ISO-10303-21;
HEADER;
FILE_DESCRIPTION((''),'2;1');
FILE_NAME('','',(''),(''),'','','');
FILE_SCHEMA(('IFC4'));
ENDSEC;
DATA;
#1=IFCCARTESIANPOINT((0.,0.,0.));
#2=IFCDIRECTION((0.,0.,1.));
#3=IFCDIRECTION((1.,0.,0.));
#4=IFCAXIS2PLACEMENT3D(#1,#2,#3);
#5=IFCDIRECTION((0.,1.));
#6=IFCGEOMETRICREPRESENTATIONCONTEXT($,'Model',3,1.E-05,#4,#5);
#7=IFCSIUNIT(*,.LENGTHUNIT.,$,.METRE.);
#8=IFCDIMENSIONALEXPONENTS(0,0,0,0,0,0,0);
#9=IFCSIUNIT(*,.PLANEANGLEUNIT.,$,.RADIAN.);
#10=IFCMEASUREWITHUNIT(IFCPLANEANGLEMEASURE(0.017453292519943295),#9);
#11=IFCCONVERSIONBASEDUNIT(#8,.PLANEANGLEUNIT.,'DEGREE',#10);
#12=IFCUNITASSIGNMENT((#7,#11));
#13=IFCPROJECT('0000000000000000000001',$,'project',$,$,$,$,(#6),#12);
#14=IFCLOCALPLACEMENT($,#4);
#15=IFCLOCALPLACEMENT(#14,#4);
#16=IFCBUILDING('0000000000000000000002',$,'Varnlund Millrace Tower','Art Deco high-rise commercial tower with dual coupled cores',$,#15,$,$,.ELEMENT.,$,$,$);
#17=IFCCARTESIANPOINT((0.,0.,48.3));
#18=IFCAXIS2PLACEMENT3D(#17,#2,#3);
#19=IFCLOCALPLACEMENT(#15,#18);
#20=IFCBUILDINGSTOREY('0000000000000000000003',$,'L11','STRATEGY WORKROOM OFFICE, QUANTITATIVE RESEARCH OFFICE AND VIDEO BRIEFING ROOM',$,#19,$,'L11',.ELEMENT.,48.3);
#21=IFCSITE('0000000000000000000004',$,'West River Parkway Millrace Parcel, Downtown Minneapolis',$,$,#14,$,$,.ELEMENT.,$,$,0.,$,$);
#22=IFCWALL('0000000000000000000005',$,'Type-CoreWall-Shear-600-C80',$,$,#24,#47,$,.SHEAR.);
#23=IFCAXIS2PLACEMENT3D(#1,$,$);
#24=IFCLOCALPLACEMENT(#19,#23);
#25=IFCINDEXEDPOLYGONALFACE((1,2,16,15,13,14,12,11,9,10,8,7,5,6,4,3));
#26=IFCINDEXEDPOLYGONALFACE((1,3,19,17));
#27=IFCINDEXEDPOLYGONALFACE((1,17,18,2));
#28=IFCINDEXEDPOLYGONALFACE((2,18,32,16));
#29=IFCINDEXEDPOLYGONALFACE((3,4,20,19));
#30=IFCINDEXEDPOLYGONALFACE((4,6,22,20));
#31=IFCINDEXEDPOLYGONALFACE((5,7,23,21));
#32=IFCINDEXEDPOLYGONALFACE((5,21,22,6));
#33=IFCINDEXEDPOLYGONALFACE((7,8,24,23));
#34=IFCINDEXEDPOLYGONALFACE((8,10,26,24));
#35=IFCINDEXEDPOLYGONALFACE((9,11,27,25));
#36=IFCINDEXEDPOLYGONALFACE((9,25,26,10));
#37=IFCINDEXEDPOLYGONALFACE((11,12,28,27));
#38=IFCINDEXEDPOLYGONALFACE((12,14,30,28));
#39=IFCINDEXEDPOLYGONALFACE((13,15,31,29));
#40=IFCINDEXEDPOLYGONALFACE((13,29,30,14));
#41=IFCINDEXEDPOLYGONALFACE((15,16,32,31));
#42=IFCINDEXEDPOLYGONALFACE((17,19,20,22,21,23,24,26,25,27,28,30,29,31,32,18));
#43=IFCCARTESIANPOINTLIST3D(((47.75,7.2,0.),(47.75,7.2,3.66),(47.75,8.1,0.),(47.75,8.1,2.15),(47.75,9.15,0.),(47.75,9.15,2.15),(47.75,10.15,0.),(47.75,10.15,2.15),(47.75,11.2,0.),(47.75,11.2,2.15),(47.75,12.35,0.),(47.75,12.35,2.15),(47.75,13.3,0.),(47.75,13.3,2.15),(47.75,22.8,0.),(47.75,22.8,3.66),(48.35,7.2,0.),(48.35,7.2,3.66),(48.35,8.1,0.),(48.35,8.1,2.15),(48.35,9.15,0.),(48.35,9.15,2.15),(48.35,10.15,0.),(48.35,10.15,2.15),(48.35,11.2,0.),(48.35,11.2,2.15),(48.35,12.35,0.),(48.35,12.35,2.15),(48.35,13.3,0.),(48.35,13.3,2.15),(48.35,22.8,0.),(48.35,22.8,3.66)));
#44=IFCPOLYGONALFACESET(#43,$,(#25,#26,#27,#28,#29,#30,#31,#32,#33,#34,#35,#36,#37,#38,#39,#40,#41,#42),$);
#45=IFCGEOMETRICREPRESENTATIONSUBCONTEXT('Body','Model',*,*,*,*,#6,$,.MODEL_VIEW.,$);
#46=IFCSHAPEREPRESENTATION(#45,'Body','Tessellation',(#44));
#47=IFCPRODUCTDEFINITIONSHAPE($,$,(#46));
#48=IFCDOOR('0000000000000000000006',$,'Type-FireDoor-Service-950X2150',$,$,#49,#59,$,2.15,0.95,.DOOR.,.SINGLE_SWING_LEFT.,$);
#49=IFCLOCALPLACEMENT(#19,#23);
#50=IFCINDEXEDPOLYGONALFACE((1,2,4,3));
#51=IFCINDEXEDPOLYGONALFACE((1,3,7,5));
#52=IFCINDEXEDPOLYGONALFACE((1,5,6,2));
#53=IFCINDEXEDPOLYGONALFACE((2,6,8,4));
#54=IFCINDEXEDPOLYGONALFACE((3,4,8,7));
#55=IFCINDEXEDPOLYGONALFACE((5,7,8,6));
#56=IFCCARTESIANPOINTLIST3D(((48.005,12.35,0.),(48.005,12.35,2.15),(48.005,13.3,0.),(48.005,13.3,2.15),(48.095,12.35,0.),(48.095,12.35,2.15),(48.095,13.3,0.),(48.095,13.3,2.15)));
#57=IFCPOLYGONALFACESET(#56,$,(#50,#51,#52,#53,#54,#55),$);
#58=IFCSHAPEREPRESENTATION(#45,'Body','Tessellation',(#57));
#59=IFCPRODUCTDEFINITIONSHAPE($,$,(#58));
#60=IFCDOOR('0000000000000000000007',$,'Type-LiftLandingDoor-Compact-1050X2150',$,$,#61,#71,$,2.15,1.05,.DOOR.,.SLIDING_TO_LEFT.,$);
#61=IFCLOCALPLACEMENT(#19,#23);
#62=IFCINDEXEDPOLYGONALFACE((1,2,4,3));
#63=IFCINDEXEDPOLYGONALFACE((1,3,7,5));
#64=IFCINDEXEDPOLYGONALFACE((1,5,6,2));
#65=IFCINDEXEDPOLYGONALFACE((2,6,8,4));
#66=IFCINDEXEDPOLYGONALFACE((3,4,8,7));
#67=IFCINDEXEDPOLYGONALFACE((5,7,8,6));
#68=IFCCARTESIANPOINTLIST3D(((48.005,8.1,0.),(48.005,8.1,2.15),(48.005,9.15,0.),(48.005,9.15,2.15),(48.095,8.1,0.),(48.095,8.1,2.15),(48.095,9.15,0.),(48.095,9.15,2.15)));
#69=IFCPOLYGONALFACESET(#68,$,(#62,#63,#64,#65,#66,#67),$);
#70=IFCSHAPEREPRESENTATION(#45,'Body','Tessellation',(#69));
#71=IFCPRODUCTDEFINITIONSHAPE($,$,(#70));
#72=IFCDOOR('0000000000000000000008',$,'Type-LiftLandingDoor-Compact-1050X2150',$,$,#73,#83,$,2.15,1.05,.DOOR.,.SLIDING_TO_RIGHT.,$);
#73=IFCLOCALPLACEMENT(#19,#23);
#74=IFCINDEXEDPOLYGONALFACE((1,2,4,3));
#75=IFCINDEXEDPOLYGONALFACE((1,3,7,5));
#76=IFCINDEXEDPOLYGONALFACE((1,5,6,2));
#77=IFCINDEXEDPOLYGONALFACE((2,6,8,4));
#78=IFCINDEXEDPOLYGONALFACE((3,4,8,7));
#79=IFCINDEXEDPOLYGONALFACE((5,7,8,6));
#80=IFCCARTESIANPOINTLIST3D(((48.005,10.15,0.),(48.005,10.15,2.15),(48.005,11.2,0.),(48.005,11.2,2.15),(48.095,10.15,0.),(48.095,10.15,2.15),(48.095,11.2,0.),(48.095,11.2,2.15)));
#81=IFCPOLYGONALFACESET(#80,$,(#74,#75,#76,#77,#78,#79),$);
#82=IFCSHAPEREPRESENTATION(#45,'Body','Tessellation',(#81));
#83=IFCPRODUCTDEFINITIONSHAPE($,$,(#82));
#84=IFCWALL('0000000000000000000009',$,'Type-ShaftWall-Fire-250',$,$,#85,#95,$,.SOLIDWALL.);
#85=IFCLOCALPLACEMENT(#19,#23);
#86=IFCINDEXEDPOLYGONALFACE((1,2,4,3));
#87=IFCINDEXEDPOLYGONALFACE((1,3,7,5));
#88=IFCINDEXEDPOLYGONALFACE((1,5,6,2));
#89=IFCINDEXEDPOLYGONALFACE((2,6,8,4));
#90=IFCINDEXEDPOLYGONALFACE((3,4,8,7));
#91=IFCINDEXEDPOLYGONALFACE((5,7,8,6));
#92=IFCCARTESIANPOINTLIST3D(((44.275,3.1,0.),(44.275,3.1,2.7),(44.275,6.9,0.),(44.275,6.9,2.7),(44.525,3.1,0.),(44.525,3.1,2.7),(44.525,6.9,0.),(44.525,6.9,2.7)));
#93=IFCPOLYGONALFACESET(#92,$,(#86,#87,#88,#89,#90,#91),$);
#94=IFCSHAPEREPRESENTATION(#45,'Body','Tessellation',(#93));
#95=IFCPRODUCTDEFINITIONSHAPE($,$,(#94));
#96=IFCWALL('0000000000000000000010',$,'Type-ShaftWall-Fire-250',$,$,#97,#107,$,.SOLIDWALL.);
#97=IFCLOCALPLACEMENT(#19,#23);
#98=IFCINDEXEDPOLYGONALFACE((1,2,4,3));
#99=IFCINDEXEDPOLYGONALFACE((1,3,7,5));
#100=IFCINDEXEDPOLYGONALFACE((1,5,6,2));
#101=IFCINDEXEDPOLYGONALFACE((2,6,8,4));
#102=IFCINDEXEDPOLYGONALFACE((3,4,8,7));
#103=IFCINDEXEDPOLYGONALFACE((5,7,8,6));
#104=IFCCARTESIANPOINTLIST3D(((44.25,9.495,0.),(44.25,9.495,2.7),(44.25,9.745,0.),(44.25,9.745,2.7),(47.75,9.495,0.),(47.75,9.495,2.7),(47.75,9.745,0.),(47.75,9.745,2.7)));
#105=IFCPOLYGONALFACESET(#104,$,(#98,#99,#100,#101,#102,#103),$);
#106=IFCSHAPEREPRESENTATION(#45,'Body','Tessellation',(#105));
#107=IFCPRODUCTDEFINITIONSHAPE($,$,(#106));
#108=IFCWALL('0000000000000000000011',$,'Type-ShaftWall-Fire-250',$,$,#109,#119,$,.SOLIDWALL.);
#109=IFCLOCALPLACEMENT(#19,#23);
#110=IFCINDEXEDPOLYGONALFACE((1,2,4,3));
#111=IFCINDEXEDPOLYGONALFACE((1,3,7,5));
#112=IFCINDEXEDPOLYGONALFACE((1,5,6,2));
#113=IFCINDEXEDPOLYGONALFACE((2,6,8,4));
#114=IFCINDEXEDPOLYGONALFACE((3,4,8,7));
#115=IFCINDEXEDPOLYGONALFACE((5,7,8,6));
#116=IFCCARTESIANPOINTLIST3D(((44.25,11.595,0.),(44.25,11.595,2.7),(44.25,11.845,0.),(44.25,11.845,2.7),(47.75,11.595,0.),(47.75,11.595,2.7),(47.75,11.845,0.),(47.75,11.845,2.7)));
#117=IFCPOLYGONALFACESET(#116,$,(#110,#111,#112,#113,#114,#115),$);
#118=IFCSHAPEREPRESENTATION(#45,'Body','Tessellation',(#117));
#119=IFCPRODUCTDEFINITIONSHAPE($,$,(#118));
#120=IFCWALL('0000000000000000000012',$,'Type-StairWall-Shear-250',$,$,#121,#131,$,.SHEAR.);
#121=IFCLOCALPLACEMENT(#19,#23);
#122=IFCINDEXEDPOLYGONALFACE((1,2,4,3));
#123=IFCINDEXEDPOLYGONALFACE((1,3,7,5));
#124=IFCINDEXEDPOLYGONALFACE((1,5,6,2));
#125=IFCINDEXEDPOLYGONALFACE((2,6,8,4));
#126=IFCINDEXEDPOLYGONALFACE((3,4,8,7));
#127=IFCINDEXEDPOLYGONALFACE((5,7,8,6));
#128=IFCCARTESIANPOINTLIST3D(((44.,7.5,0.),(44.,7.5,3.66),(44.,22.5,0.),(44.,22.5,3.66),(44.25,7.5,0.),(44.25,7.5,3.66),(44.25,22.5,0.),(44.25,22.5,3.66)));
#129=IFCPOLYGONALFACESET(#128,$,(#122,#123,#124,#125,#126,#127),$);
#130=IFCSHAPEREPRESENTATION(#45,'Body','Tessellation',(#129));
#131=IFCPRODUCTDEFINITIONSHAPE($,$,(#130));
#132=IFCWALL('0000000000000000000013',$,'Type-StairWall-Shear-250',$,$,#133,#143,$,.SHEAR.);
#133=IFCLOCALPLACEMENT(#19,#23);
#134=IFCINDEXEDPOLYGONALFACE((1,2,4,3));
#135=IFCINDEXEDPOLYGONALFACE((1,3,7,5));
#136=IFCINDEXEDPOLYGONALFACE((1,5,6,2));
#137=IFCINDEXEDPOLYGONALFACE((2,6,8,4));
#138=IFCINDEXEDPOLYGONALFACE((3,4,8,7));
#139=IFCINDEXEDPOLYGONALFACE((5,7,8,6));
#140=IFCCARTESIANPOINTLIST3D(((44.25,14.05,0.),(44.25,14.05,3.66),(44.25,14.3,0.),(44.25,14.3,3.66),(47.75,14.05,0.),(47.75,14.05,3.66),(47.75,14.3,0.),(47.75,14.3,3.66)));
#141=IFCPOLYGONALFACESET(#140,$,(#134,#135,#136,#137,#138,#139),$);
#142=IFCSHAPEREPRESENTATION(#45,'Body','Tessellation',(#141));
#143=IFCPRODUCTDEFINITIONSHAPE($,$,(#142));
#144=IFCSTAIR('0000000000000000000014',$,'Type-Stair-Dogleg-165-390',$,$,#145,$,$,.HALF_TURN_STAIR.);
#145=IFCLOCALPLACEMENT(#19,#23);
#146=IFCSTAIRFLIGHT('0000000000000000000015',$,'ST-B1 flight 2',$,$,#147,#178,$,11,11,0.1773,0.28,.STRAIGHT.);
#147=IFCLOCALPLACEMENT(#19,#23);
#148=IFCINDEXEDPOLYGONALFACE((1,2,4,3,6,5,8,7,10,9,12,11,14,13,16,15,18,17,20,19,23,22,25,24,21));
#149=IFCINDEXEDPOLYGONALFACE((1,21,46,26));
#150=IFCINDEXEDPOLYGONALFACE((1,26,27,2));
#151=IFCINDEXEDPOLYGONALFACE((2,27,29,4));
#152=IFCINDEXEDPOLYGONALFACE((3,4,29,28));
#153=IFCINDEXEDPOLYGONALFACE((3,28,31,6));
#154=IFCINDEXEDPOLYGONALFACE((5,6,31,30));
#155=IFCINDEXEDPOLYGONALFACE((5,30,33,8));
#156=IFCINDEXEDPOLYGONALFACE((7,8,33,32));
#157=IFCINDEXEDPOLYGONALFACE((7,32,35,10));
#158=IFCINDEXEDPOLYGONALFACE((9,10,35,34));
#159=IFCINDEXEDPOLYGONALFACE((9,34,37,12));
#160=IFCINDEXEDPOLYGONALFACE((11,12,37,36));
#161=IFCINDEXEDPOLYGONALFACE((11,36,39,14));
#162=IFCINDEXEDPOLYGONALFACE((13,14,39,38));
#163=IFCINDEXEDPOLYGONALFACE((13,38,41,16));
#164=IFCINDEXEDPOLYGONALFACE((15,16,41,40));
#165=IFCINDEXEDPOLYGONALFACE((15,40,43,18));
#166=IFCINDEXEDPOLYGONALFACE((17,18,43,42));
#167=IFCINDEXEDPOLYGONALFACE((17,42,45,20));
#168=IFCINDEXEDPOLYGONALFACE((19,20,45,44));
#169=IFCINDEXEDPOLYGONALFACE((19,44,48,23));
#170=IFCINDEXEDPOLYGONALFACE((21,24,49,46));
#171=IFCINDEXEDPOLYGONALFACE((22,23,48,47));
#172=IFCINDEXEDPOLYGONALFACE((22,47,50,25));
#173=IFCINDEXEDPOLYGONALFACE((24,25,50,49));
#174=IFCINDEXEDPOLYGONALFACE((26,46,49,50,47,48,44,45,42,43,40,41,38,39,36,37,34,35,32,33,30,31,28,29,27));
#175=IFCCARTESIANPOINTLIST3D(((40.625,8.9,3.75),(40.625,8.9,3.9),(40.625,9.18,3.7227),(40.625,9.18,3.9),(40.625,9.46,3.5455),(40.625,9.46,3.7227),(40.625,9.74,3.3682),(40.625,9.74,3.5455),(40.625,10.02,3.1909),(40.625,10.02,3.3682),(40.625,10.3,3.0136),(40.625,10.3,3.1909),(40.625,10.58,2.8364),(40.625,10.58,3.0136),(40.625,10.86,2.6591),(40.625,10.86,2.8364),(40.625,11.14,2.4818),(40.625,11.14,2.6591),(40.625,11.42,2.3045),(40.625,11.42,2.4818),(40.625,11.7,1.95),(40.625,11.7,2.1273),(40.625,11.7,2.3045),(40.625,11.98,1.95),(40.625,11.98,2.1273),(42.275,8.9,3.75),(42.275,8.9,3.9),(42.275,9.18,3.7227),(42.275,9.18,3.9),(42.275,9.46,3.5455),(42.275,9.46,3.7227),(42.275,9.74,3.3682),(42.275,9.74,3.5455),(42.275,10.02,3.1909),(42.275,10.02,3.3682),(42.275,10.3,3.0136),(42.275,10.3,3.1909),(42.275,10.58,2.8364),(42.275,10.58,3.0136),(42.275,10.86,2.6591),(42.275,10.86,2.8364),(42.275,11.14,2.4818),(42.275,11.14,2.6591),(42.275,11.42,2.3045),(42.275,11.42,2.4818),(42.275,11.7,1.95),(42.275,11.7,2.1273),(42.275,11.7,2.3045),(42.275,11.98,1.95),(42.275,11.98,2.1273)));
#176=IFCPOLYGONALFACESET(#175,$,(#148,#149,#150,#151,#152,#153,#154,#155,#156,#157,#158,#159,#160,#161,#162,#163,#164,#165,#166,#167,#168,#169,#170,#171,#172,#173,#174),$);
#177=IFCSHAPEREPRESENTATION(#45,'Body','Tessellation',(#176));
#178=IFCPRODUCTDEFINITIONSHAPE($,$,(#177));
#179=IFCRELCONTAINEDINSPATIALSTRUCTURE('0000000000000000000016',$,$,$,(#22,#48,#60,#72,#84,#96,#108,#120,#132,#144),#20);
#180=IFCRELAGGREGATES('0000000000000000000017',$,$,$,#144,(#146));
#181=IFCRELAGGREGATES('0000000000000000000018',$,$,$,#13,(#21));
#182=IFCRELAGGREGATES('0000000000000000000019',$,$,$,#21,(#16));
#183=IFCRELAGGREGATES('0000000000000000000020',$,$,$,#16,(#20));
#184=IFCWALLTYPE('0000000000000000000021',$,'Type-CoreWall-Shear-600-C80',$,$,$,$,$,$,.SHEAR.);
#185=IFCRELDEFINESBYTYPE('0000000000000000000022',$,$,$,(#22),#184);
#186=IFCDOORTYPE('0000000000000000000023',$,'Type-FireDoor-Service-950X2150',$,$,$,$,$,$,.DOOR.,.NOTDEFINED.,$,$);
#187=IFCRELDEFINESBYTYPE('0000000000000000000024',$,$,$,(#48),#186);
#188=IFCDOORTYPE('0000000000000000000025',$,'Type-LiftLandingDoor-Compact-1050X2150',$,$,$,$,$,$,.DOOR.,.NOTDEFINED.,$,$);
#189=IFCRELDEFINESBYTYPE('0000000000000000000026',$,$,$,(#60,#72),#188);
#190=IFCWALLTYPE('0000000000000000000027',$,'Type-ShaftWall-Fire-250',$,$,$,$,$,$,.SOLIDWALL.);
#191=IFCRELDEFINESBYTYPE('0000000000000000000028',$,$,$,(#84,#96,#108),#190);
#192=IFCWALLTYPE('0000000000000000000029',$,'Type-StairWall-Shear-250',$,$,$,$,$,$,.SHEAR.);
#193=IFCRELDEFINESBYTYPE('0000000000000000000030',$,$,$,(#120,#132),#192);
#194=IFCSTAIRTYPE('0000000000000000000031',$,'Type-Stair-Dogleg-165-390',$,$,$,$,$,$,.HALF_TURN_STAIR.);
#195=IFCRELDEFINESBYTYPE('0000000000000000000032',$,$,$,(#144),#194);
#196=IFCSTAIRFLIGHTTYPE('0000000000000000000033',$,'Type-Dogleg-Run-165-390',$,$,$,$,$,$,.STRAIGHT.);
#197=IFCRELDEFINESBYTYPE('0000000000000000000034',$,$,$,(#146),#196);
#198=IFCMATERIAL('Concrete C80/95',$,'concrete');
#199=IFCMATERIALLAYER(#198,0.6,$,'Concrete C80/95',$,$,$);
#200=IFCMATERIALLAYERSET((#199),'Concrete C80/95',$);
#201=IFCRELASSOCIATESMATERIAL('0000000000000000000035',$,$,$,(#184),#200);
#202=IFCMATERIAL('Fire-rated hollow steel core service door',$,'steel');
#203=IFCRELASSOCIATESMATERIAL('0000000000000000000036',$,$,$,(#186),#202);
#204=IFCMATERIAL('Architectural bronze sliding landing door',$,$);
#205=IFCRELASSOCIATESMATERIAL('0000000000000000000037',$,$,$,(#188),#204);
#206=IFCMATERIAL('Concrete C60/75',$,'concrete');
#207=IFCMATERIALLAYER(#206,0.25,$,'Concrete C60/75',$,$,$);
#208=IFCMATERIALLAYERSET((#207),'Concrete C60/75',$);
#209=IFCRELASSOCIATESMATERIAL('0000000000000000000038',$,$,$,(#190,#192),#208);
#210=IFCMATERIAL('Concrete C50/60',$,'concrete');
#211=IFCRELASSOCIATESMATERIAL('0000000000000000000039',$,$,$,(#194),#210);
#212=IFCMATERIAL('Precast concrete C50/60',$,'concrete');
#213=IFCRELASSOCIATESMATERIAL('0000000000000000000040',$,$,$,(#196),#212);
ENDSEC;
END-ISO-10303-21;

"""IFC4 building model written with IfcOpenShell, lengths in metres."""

from ifc_helpers import new_model, entity, si_unit, converted_unit, direction, frame, origin_with_axes, origin_2d_with_axis, place, context, subcontext, project, spatial, polyline, rectangle, outline, extrude, material, layer, layer_set, type_object, element, fill, aggregate, save


model = new_model("IFC4")

# Units and contexts
model_context = context("Model", 3, precision=1e-05, world=origin_with_axes(), true_north=direction((0.0, 1.0)))
body_context = subcontext(model_context, "Body", "Model", "MODEL_VIEW")
ifc_project = project(units=[si_unit("LENGTHUNIT", "METRE"), converted_unit("PLANEANGLEUNIT", "DEGREE", entity("IfcPlaneAngleMeasure", 0.017453292519943295), si_unit("PLANEANGLEUNIT", "RADIAN"), dimensions=[0, 0, 0, 0, 0, 0, 0])], contexts=[model_context])

# Site, building, storey
site_placement = place(None, origin_with_axes())
site = spatial("IfcSite", under=ifc_project, at=site_placement, Name="West River Parkway Millrace Parcel, Downtown Minneapolis", CompositionType="ELEMENT", RefElevation=0.0)
building_placement = place(site_placement, origin_with_axes())
building = spatial("IfcBuilding", under=site, at=building_placement, Name="Varnlund Millrace Tower", Description="Art Deco high-rise commercial tower with dual coupled cores", CompositionType="ELEMENT")
storey_placement = place(building_placement, frame((0.0, 0.0, 48.3), z_axis=(0.0, 0.0, 1.0), x_axis=(1.0, 0.0, 0.0)))
storey = spatial("IfcBuildingStorey", under=building, at=storey_placement, Name="L11", Description="STRATEGY WORKROOM OFFICE, QUANTITATIVE RESEARCH OFFICE AND VIDEO BRIEFING ROOM", LongName="L11", CompositionType="ELEMENT", Elevation=48.3)

# Shared definitions
ifc_material_1 = material(Name="Concrete C80/95", Category="concrete")

# Wall, openings, doors
ifc_layer_1 = layer(ifc_material_1, 0.6, Name="Concrete C80/95")
ifc_layer_set_1 = layer_set([ifc_layer_1], Name="Concrete C80/95")
wall_type_1 = type_object("IfcWallType", Name="Type-CoreWall-Shear-600-C80", PredefinedType="SHEAR", material=ifc_layer_set_1)
wall_1_placement = place(storey_placement, frame((48.05, 7.2, 0.0), z_axis=(0.0, 0.0, 1.0), x_axis=(0.0, 1.0, 0.0)))
wall_1 = element("IfcWall", 1, at=wall_1_placement, inside=storey, type_object=wall_type_1, Name="Type-CoreWall-Shear-600-C80", PredefinedType="SHEAR", context=body_context, shape_type="SweptSolid", body=[
    extrude(outline(polyline([(0.0, -0.3), (15.6, -0.3), (15.6, 0.3), (0.0, 0.3), (0.0, -0.3)])), origin_with_axes(), (0.0, 0.0, 1.0), 3.66),
])
opening_1_placement = place(wall_1_placement, frame((1.425, 0.0, 0.0), z_axis=(0.0, 0.0, 1.0), x_axis=(1.0, 0.0, 0.0)))
opening_1 = element("IfcOpeningElement", 2, at=opening_1_placement, cuts=wall_1, PredefinedType="OPENING", context=body_context, shape_type="SweptSolid", body=[
    extrude(rectangle(XDim=1.05, YDim=0.62, at=origin_2d_with_axis()), origin_with_axes(), (0.0, 0.0, 1.0), 2.15),
])
opening_2_placement = place(wall_1_placement, frame((3.475, 0.0, 0.0), z_axis=(0.0, 0.0, 1.0), x_axis=(1.0, 0.0, 0.0)))
opening_2 = element("IfcOpeningElement", 3, at=opening_2_placement, cuts=wall_1, PredefinedType="OPENING", context=body_context, shape_type="SweptSolid", body=[
    extrude(rectangle(XDim=1.05, YDim=0.62, at=origin_2d_with_axis()), origin_with_axes(), (0.0, 0.0, 1.0), 2.15),
])
opening_3_placement = place(wall_1_placement, frame((5.625, 0.0, 0.0), z_axis=(0.0, 0.0, 1.0), x_axis=(1.0, 0.0, 0.0)))
opening_3 = element("IfcOpeningElement", 4, at=opening_3_placement, cuts=wall_1, PredefinedType="OPENING", context=body_context, shape_type="SweptSolid", body=[
    extrude(rectangle(XDim=0.95, YDim=0.62, at=origin_2d_with_axis()), origin_with_axes(), (0.0, 0.0, 1.0), 2.15),
])
ifc_material_2 = material(Name="Fire-rated hollow steel core service door", Category="steel")
door_type_1 = type_object("IfcDoorType", Name="Type-FireDoor-Service-950X2150", OperationType="NOTDEFINED", PredefinedType="DOOR", material=ifc_material_2)
door_1_placement = place(wall_1_placement, frame((5.625, 0.0, 0.0), z_axis=(0.0, 0.0, 1.0), x_axis=(1.0, 0.0, 0.0)))
door_1 = element("IfcDoor", 5, at=door_1_placement, inside=storey, type_object=door_type_1, Name="Type-FireDoor-Service-950X2150", OperationType="SINGLE_SWING_LEFT", OverallHeight=2.15, OverallWidth=0.95, PredefinedType="DOOR", context=body_context, shape_type="SweptSolid", body=[
    extrude(rectangle(XDim=0.95, YDim=0.09, at=origin_2d_with_axis()), origin_with_axes(), (0.0, 0.0, 1.0), 2.15),
])
fill(opening_3, door_1)
ifc_material_3 = material(Name="Architectural bronze sliding landing door")
door_type_2 = type_object("IfcDoorType", Name="Type-LiftLandingDoor-Compact-1050X2150", OperationType="NOTDEFINED", PredefinedType="DOOR", material=ifc_material_3)
door_2_placement = place(wall_1_placement, frame((1.425, 0.0, 0.0), z_axis=(0.0, 0.0, 1.0), x_axis=(1.0, 0.0, 0.0)))
door_2 = element("IfcDoor", 6, at=door_2_placement, inside=storey, type_object=door_type_2, Name="Type-LiftLandingDoor-Compact-1050X2150", OperationType="SLIDING_TO_LEFT", OverallHeight=2.15, OverallWidth=1.05, PredefinedType="DOOR", context=body_context, shape_type="SweptSolid", body=[
    extrude(rectangle(XDim=1.05, YDim=0.09, at=origin_2d_with_axis()), origin_with_axes(), (0.0, 0.0, 1.0), 2.15),
])
fill(opening_1, door_2)
door_3_placement = place(wall_1_placement, frame((3.475, 0.0, 0.0), z_axis=(0.0, 0.0, 1.0), x_axis=(1.0, 0.0, 0.0)))
door_3 = element("IfcDoor", 7, at=door_3_placement, inside=storey, type_object=door_type_2, Name="Type-LiftLandingDoor-Compact-1050X2150", OperationType="SLIDING_TO_RIGHT", OverallHeight=2.15, OverallWidth=1.05, PredefinedType="DOOR", context=body_context, shape_type="SweptSolid", body=[
    extrude(rectangle(XDim=1.05, YDim=0.09, at=origin_2d_with_axis()), origin_with_axes(), (0.0, 0.0, 1.0), 2.15),
])
fill(opening_2, door_3)

# Walls
ifc_material_4 = material(Name="Concrete C60/75", Category="concrete")
ifc_layer_2 = layer(ifc_material_4, 0.25, Name="Concrete C60/75")
ifc_layer_set_2 = layer_set([ifc_layer_2], Name="Concrete C60/75")
wall_type_2 = type_object("IfcWallType", Name="Type-ShaftWall-Fire-250", PredefinedType="SOLIDWALL", material=ifc_layer_set_2)
wall_2_placement = place(storey_placement, frame((44.4, 3.1, 0.0), z_axis=(0.0, 0.0, 1.0), x_axis=(0.0, 1.0, 0.0)))
element("IfcWall", 8, at=wall_2_placement, inside=storey, type_object=wall_type_2, Name="Type-ShaftWall-Fire-250", PredefinedType="SOLIDWALL", context=body_context, shape_type="SweptSolid", body=[
    extrude(outline(polyline([(0.0, -0.125), (3.8, -0.125), (3.8, 0.125), (0.0, 0.125), (0.0, -0.125)])), origin_with_axes(), (0.0, 0.0, 1.0), 2.7),
])
for number, where, z_axis, x_axis, name in (
    (9, (44.25, 9.62, 0.0), (0.0, 0.0, 1.0), (1.0, 0.0, 0.0), "Type-ShaftWall-Fire-250"),
    (10, (44.25, 11.72, 0.0), (0.0, 0.0, 1.0), (1.0, 0.0, 0.0), "Type-ShaftWall-Fire-250"),
):
    element("IfcWall", number, at=place(storey_placement, frame(where, z_axis=z_axis, x_axis=x_axis)), inside=storey, type_object=wall_type_2, Name=name, PredefinedType="SOLIDWALL", context=body_context, shape_type="SweptSolid", body=[
        extrude(outline(polyline([(0.0, -0.125), (3.5, -0.125), (3.5, 0.125), (0.0, 0.125), (0.0, -0.125)])), origin_with_axes(), (0.0, 0.0, 1.0), 2.7),
    ])
wall_type_3 = type_object("IfcWallType", Name="Type-StairWall-Shear-250", PredefinedType="SHEAR", material=ifc_layer_set_2)
wall_3_placement = place(storey_placement, frame((44.125, 7.5, 0.0), z_axis=(0.0, 0.0, 1.0), x_axis=(0.0, 1.0, 0.0)))
element("IfcWall", 11, at=wall_3_placement, inside=storey, type_object=wall_type_3, Name="Type-StairWall-Shear-250", PredefinedType="SHEAR", context=body_context, shape_type="SweptSolid", body=[
    extrude(outline(polyline([(0.0, -0.125), (15.0, -0.125), (15.0, 0.125), (0.0, 0.125), (0.0, -0.125)])), origin_with_axes(), (0.0, 0.0, 1.0), 3.66),
])
wall_4_placement = place(storey_placement, frame((44.25, 14.175, 0.0), z_axis=(0.0, 0.0, 1.0), x_axis=(1.0, 0.0, 0.0)))
element("IfcWall", 12, at=wall_4_placement, inside=storey, type_object=wall_type_3, Name="Type-StairWall-Shear-250", PredefinedType="SHEAR", context=body_context, shape_type="SweptSolid", body=[
    extrude(outline(polyline([(0.0, -0.125), (3.5, -0.125), (3.5, 0.125), (0.0, 0.125), (0.0, -0.125)])), origin_with_axes(), (0.0, 0.0, 1.0), 3.66),
])

# Stair, stair flight
ifc_material_5 = material(Name="Concrete C50/60", Category="concrete")
stair_type = type_object("IfcStairType", Name="Type-Stair-Dogleg-165-390", PredefinedType="HALF_TURN_STAIR", material=ifc_material_5)
stair_placement = place(storey_placement, origin_with_axes())
stair = element("IfcStair", 13, at=stair_placement, inside=storey, type_object=stair_type, Name="Type-Stair-Dogleg-165-390", PredefinedType="HALF_TURN_STAIR")
ifc_material_6 = material(Name="Precast concrete C50/60", Category="concrete")
stair_flight_type = type_object("IfcStairFlightType", Name="Type-Dogleg-Run-165-390", PredefinedType="STRAIGHT", material=ifc_material_6)
stair_flight_placement = place(storey_placement, frame((42.275, 11.98, 1.95), z_axis=(-1.0, 0.0, 0.0), x_axis=(0.0, -1.0, 0.0)))
stair_flight = element("IfcStairFlight", 14, at=stair_flight_placement, type_object=stair_flight_type, Name="ST-B1 flight 2", NumberOfRisers=11, NumberOfTreads=11, PredefinedType="STRAIGHT", RiserHeight=0.1773, TreadLength=0.28, context=body_context, shape_type="SweptSolid", body=[
    extrude(outline(polyline([(0.0, 0.0), (0.0, 0.1773), (0.28, 0.1773), (0.28, 0.3545), (0.56, 0.3545), (0.56, 0.5318), (0.84, 0.5318), (0.84, 0.7091), (1.12, 0.7091), (1.12, 0.8864), (1.4, 0.8864), (1.4, 1.0636), (1.68, 1.0636), (1.68, 1.2409), (1.96, 1.2409), (1.96, 1.4182), (2.24, 1.4182), (2.24, 1.5955), (2.52, 1.5955), (2.52, 1.7727), (2.8, 1.7727), (2.8, 1.95), (3.08, 1.95), (3.08, 1.8), (0.28, 0.0), (0.0, 0.0)])), origin_with_axes(), (0.0, 0.0, 1.0), 1.65),
])
aggregate(stair, [stair_flight])

save(model, "model.ifc")
